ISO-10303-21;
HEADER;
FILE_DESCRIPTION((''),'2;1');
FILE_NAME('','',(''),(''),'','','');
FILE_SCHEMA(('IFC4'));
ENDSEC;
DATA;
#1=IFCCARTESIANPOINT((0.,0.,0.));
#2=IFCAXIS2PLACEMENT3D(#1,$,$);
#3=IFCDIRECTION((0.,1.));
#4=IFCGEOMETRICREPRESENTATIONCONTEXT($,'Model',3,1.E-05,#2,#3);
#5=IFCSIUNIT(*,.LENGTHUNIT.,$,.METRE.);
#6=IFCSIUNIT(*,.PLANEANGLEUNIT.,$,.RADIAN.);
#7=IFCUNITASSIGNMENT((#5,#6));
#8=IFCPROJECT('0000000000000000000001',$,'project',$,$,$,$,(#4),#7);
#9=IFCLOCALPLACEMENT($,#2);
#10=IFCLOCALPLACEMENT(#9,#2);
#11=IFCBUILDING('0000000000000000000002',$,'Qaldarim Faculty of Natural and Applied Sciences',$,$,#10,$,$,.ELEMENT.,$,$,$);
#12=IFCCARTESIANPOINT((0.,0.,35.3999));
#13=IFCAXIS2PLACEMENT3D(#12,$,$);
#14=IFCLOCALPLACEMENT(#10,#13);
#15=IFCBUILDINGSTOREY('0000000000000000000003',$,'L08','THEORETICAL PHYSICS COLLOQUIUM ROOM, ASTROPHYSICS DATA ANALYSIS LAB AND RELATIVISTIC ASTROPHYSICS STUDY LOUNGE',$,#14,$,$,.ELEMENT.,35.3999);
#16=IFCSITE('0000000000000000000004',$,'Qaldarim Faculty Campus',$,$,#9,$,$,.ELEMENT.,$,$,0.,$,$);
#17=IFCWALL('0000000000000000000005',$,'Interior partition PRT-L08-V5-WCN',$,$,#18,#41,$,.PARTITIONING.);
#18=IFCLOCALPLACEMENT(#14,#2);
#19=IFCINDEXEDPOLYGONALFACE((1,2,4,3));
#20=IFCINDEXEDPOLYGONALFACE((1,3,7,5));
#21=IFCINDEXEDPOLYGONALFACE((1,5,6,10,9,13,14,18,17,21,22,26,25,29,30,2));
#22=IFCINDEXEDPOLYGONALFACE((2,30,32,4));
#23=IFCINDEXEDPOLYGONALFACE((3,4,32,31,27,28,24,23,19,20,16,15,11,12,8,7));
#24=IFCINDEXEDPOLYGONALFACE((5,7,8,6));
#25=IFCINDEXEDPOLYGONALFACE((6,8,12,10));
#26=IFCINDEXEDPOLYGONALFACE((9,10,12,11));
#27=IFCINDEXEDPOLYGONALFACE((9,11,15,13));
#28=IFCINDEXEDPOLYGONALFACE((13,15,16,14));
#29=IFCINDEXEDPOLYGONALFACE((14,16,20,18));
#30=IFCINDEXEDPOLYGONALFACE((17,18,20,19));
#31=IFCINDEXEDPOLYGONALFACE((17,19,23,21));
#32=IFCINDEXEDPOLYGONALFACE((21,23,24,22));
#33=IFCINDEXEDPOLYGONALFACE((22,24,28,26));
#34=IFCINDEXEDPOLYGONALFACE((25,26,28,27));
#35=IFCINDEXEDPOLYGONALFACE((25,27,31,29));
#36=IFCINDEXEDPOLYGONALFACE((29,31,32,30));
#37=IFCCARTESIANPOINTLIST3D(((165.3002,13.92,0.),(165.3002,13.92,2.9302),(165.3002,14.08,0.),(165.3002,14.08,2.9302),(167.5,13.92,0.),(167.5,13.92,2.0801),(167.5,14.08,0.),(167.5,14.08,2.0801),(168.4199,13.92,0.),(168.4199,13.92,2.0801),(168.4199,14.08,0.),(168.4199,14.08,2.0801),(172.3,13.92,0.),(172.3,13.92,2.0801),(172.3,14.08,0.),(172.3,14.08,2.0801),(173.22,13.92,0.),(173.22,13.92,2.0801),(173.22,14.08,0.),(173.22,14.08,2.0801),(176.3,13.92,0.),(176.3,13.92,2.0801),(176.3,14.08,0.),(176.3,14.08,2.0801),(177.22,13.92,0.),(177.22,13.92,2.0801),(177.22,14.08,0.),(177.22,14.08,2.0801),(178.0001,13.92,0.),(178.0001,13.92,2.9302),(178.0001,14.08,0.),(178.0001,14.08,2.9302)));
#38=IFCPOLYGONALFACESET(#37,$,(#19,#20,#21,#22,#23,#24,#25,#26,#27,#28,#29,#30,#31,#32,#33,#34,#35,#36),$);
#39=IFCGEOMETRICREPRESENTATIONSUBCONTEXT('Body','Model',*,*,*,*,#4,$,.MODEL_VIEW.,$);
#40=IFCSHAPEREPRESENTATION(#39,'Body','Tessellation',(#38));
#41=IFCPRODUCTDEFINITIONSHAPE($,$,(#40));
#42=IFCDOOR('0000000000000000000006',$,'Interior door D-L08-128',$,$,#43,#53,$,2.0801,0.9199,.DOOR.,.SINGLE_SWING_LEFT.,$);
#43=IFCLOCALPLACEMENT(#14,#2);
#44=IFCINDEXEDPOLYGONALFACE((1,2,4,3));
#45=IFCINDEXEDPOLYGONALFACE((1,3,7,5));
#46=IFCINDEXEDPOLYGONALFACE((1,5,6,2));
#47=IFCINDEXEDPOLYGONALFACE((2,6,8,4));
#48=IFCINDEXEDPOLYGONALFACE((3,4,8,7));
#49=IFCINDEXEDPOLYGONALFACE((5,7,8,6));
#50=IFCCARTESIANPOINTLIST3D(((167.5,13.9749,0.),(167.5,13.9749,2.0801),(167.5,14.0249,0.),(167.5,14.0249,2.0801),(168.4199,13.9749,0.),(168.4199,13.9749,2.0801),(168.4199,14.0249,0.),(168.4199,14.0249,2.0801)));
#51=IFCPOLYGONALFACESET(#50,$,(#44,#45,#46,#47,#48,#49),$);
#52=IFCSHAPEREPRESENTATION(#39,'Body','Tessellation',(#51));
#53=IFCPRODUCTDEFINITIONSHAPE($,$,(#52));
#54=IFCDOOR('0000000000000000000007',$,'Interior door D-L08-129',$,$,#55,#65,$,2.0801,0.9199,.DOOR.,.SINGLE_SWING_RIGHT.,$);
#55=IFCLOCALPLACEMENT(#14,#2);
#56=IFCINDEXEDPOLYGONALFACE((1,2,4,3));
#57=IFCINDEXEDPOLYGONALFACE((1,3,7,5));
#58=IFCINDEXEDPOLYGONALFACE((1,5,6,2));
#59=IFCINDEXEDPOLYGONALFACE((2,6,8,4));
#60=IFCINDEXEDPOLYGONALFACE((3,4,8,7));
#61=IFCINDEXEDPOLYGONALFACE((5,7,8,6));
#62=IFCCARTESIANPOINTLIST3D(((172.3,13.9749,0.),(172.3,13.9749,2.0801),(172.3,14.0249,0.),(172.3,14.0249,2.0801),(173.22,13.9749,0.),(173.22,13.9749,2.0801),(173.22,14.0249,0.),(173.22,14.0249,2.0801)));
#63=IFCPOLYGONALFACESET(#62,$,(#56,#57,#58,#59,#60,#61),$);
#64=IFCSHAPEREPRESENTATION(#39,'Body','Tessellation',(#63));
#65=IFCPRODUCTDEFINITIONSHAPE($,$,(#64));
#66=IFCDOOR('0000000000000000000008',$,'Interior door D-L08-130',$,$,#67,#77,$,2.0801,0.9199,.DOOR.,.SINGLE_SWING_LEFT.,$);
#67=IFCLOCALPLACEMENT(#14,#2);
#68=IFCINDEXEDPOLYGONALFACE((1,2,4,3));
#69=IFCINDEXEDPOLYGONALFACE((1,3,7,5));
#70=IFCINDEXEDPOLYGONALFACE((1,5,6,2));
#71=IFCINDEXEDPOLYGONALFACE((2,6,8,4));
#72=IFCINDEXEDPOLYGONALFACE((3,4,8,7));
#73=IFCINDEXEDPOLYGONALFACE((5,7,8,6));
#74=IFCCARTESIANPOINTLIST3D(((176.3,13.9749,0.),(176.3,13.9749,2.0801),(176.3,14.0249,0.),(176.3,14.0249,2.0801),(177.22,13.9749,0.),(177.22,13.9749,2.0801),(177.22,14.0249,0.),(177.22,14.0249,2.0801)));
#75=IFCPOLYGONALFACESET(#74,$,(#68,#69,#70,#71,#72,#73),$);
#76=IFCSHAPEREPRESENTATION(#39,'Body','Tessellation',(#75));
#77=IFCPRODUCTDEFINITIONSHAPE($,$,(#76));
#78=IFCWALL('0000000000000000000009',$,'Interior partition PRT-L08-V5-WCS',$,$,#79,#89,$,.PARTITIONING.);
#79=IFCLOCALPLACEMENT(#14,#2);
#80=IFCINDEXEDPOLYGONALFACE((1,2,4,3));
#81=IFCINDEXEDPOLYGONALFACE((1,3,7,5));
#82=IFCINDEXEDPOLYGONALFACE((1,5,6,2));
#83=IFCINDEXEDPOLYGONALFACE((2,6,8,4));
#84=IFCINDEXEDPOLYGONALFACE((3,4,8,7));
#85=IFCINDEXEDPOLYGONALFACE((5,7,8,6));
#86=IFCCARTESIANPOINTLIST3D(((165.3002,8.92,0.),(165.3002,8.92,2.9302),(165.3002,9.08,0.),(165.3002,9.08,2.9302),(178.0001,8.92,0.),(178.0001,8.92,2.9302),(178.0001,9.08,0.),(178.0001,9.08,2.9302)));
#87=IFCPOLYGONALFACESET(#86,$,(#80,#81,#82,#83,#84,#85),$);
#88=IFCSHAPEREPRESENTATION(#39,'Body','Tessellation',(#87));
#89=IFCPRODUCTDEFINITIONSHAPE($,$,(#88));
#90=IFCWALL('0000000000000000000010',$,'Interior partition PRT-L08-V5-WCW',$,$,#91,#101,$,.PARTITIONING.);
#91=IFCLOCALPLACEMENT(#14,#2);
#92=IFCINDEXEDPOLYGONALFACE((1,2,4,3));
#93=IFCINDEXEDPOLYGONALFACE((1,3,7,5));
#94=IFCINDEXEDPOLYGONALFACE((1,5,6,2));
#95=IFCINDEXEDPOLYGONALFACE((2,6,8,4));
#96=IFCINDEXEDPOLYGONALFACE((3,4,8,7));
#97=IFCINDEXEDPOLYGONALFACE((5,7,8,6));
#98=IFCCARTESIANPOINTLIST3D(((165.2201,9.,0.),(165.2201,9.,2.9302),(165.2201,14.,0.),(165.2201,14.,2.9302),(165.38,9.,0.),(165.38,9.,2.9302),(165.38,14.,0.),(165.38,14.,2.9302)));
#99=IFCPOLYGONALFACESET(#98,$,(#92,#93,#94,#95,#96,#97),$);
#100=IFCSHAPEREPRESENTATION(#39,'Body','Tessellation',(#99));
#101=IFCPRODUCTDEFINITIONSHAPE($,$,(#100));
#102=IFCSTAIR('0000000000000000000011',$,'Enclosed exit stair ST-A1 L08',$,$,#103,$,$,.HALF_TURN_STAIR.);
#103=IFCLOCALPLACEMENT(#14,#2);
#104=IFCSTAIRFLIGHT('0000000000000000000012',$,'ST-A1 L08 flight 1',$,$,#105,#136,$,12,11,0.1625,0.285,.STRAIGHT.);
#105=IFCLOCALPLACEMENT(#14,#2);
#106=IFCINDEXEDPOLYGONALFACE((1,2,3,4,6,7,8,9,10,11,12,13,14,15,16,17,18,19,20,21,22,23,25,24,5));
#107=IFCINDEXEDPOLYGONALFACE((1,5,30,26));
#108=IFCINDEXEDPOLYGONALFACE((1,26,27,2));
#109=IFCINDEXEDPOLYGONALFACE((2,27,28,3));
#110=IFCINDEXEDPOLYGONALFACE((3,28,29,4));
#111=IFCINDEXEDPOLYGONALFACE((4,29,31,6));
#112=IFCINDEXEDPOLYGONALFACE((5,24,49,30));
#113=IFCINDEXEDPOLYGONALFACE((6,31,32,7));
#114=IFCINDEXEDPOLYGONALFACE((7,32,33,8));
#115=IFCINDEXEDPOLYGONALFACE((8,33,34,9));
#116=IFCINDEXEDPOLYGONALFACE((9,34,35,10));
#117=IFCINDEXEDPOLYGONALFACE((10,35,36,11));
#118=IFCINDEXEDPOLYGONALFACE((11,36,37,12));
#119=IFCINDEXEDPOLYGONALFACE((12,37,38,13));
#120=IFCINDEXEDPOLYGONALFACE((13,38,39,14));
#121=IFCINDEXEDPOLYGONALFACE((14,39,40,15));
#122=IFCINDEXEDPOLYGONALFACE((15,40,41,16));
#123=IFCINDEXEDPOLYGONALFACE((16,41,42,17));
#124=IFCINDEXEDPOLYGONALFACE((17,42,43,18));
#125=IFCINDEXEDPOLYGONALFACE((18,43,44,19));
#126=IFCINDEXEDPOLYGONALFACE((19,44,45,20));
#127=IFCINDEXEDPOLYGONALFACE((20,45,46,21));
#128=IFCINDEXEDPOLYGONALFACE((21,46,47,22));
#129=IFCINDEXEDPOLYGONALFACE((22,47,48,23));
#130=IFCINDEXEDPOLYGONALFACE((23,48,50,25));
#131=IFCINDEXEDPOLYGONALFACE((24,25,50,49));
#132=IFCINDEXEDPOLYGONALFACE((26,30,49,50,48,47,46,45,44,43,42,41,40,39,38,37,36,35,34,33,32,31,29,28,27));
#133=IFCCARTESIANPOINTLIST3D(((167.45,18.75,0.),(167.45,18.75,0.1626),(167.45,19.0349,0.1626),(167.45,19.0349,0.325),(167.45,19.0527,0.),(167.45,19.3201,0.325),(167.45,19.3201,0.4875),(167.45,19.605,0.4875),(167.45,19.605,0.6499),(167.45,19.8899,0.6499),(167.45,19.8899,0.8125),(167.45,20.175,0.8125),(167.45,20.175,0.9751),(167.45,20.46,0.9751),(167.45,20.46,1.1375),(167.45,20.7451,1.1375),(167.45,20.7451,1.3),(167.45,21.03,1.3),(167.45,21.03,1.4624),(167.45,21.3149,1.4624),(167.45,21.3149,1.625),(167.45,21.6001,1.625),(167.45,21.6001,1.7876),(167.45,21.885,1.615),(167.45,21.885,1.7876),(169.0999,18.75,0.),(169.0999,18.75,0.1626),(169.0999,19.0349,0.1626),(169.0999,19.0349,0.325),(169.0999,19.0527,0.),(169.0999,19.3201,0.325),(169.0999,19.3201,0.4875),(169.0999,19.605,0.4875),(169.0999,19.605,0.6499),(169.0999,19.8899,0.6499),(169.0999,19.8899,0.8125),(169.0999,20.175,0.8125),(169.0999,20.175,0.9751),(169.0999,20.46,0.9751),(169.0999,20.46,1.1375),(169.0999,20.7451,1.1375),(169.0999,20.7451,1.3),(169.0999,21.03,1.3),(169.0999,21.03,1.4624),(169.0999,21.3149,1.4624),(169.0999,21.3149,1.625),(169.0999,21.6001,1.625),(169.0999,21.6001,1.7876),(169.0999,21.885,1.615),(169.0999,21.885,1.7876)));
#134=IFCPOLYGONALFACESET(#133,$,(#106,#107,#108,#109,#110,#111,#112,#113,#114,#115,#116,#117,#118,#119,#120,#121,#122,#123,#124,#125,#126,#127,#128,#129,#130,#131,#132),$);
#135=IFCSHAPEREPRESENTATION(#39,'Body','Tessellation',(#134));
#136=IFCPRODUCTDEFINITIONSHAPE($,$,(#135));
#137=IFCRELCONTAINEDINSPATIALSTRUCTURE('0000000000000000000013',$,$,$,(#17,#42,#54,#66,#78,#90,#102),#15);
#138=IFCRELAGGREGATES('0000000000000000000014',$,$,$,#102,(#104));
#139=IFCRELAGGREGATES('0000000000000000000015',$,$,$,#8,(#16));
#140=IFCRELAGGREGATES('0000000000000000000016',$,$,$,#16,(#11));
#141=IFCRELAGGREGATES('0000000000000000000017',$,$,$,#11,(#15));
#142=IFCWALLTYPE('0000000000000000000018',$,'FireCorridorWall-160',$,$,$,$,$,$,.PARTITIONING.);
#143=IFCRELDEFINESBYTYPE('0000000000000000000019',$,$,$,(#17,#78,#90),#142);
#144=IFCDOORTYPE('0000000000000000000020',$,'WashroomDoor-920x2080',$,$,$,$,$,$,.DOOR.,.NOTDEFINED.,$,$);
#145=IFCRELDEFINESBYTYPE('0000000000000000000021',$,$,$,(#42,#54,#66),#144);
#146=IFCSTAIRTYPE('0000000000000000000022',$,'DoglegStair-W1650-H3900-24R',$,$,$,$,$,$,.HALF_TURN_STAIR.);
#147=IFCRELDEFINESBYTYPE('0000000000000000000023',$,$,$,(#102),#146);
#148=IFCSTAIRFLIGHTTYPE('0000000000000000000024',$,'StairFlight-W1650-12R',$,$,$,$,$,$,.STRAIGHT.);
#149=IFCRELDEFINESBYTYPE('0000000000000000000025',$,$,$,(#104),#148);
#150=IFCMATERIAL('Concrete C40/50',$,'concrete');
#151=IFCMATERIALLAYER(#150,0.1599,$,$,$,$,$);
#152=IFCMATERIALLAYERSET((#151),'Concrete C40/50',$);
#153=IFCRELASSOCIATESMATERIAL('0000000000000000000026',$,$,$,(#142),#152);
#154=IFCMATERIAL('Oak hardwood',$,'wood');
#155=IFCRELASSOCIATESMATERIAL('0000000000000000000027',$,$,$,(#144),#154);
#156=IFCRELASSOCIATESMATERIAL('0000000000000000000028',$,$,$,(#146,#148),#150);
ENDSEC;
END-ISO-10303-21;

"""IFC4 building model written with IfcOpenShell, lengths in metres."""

from ifc_helpers import new_model, si_unit, direction, frame, frame_2d, origin, place, context, subcontext, project, spatial, polyline, rectangle, outline, extrude, material, layer, layer_set, type_object, element, fill, aggregate, save


model = new_model("IFC4")

# Units and contexts
model_context = context("Model", 3, precision=1e-05, world=origin(), true_north=direction((0.0, 1.0)))
body_context = subcontext(model_context, "Body", "Model", "MODEL_VIEW")
ifc_project = project(units=[si_unit("LENGTHUNIT", "METRE"), si_unit("PLANEANGLEUNIT", "RADIAN")], contexts=[model_context])

# Site, building, storey
site_placement = place(None, origin())
site = spatial("IfcSite", under=ifc_project, at=site_placement, Name="Qaldarim Faculty Campus", CompositionType="ELEMENT", RefElevation=0.0)
building_placement = place(site_placement, origin())
building = spatial("IfcBuilding", under=site, at=building_placement, Name="Qaldarim Faculty of Natural and Applied Sciences", CompositionType="ELEMENT")
storey_placement = place(building_placement, frame((0.0, 0.0, 35.3999)))
storey = spatial("IfcBuildingStorey", under=building, at=storey_placement, Name="L08", Description="THEORETICAL PHYSICS COLLOQUIUM ROOM, ASTROPHYSICS DATA ANALYSIS LAB AND RELATIVISTIC ASTROPHYSICS STUDY LOUNGE", CompositionType="ELEMENT", Elevation=35.3999)

# Shared definitions
ifc_material_1 = material(Name="Concrete C40/50", Category="concrete")

# Wall, openings, doors
ifc_layer_1 = layer(ifc_material_1, 0.1599)
ifc_layer_set_1 = layer_set([ifc_layer_1], Name="Concrete C40/50")
wall_type_1 = type_object("IfcWallType", Name="FireCorridorWall-160", PredefinedType="PARTITIONING", material=ifc_layer_set_1)
wall_1_placement = place(storey_placement, frame((165.3, 14.0, 0.0), z_axis=(0.0, 0.0, 1.0), x_axis=(1.0, 0.0, 0.0)))
wall_1 = element("IfcWall", 1, at=wall_1_placement, inside=storey, type_object=wall_type_1, Name="Interior partition PRT-L08-V5-WCN", PredefinedType="PARTITIONING", context=body_context, shape_type="SweptSolid", body=[
    extrude(rectangle(XDim=12.7, YDim=0.1599, at=frame_2d((6.3501, 0.0))), origin(), (0.0, 0.0, 1.0), 2.9302),
])
opening_1_placement = place(wall_1_placement, frame((2.2, 0.0, 0.0)))
opening_1 = element("IfcOpeningElement", 2, at=opening_1_placement, cuts=wall_1, PredefinedType="OPENING", context=body_context, shape_type="SweptSolid", body=[
    extrude(rectangle(XDim=0.9199, YDim=2.0801, at=frame_2d((0.46, 1.04))), frame((0.0, 0.0898, 0.0), z_axis=(0.0, -1.0, 0.0), x_axis=(1.0, 0.0, 0.0)), (0.0, 0.0, 1.0), 0.1799),
])
opening_2_placement = place(wall_1_placement, frame((7.0, 0.0, 0.0)))
opening_2 = element("IfcOpeningElement", 3, at=opening_2_placement, cuts=wall_1, PredefinedType="OPENING", context=body_context, shape_type="SweptSolid", body=[
    extrude(rectangle(XDim=0.9199, YDim=2.0801, at=frame_2d((0.46, 1.04))), frame((0.0, 0.0898, 0.0), z_axis=(0.0, -1.0, 0.0), x_axis=(1.0, 0.0, 0.0)), (0.0, 0.0, 1.0), 0.1799),
])
opening_3_placement = place(wall_1_placement, frame((11.0, 0.0, 0.0)))
opening_3 = element("IfcOpeningElement", 4, at=opening_3_placement, cuts=wall_1, PredefinedType="OPENING", context=body_context, shape_type="SweptSolid", body=[
    extrude(rectangle(XDim=0.9199, YDim=2.0801, at=frame_2d((0.46, 1.04))), frame((0.0, 0.0898, 0.0), z_axis=(0.0, -1.0, 0.0), x_axis=(1.0, 0.0, 0.0)), (0.0, 0.0, 1.0), 0.1799),
])
ifc_material_2 = material(Name="Oak hardwood", Category="wood")
door_type_1 = type_object("IfcDoorType", Name="WashroomDoor-920x2080", OperationType="NOTDEFINED", PredefinedType="DOOR", material=ifc_material_2)
door_1_placement = place(opening_1_placement, origin())
door_1 = element("IfcDoor", 5, at=door_1_placement, inside=storey, type_object=door_type_1, Name="Interior door D-L08-128", OperationType="SINGLE_SWING_LEFT", OverallHeight=2.0801, OverallWidth=0.9199, PredefinedType="DOOR", context=body_context, shape_type="SweptSolid", body=[
    extrude(rectangle(XDim=0.9199, YDim=2.0801, at=frame_2d((0.46, 1.04))), frame((0.0, 0.0249, 0.0), z_axis=(0.0, -1.0, 0.0), x_axis=(1.0, 0.0, 0.0)), (0.0, 0.0, 1.0), 0.05),
])
fill(opening_1, door_1)
door_2_placement = place(opening_2_placement, origin())
door_2 = element("IfcDoor", 6, at=door_2_placement, inside=storey, type_object=door_type_1, Name="Interior door D-L08-129", OperationType="SINGLE_SWING_RIGHT", OverallHeight=2.0801, OverallWidth=0.9199, PredefinedType="DOOR", context=body_context, shape_type="SweptSolid", body=[
    extrude(rectangle(XDim=0.9199, YDim=2.0801, at=frame_2d((0.46, 1.04))), frame((0.0, 0.0249, 0.0), z_axis=(0.0, -1.0, 0.0), x_axis=(1.0, 0.0, 0.0)), (0.0, 0.0, 1.0), 0.05),
])
fill(opening_2, door_2)
door_3_placement = place(opening_3_placement, origin())
door_3 = element("IfcDoor", 7, at=door_3_placement, inside=storey, type_object=door_type_1, Name="Interior door D-L08-130", OperationType="SINGLE_SWING_LEFT", OverallHeight=2.0801, OverallWidth=0.9199, PredefinedType="DOOR", context=body_context, shape_type="SweptSolid", body=[
    extrude(rectangle(XDim=0.9199, YDim=2.0801, at=frame_2d((0.46, 1.04))), frame((0.0, 0.0249, 0.0), z_axis=(0.0, -1.0, 0.0), x_axis=(1.0, 0.0, 0.0)), (0.0, 0.0, 1.0), 0.05),
])
fill(opening_3, door_3)

# Walls
wall_2_placement = place(storey_placement, frame((165.3, 9.0, 0.0), z_axis=(0.0, 0.0, 1.0), x_axis=(1.0, 0.0, 0.0)))
element("IfcWall", 8, at=wall_2_placement, inside=storey, type_object=wall_type_1, Name="Interior partition PRT-L08-V5-WCS", PredefinedType="PARTITIONING", context=body_context, shape_type="SweptSolid", body=[
    extrude(rectangle(XDim=12.7, YDim=0.1599, at=frame_2d((6.3501, 0.0))), origin(), (0.0, 0.0, 1.0), 2.9302),
])
wall_3_placement = place(storey_placement, frame((165.3, 9.0, 0.0), z_axis=(0.0, 0.0, 1.0), x_axis=(0.0, 1.0, 0.0)))
element("IfcWall", 9, at=wall_3_placement, inside=storey, type_object=wall_type_1, Name="Interior partition PRT-L08-V5-WCW", PredefinedType="PARTITIONING", context=body_context, shape_type="SweptSolid", body=[
    extrude(rectangle(XDim=5.0, YDim=0.1599, at=frame_2d((2.5, 0.0))), origin(), (0.0, 0.0, 1.0), 2.9302),
])

# Stair, stair flight
stair_type = type_object("IfcStairType", Name="DoglegStair-W1650-H3900-24R", PredefinedType="HALF_TURN_STAIR", material=ifc_material_1)
stair_placement = place(storey_placement, origin())
stair = element("IfcStair", 10, at=stair_placement, inside=storey, type_object=stair_type, Name="Enclosed exit stair ST-A1 L08", PredefinedType="HALF_TURN_STAIR")
stair_flight_type = type_object("IfcStairFlightType", Name="StairFlight-W1650-12R", PredefinedType="STRAIGHT", material=ifc_material_1)
stair_flight_placement = place(storey_placement, frame((168.2749, 18.75, 0.0), z_axis=(0.0, 0.0, 1.0), x_axis=(0.0, 1.0, 0.0)))
stair_flight = element("IfcStairFlight", 11, at=stair_flight_placement, type_object=stair_flight_type, Name="ST-A1 L08 flight 1", NumberOfRisers=12, NumberOfTreads=11, PredefinedType="STRAIGHT", RiserHeight=0.1625, TreadLength=0.285, context=body_context, shape_type="SweptSolid", body=[
    extrude(outline(polyline([(0.0, 0.0), (0.0, 0.1626), (0.2849, 0.1626), (0.2849, 0.325), (0.5701, 0.325), (0.5701, 0.4875), (0.855, 0.4875), (0.855, 0.6499), (1.1399, 0.6499), (1.1399, 0.8125), (1.425, 0.8125), (1.425, 0.9751), (1.71, 0.9751), (1.71, 1.1375), (1.9951, 1.1375), (1.9951, 1.3), (2.28, 1.3), (2.28, 1.4624), (2.5649, 1.4624), (2.5649, 1.625), (2.8501, 1.625), (2.8501, 1.7876), (3.135, 1.7876), (3.135, 1.95), (3.135, 1.615), (0.3027, 0.0), (0.0, 0.0)])), frame((0.0, 0.825, 0.0), z_axis=(0.0, -1.0, 0.0), x_axis=(1.0, 0.0, 0.0)), (0.0, 0.0, 1.0), 1.6499),
])
aggregate(stair, [stair_flight])

save(model, "model.ifc")
